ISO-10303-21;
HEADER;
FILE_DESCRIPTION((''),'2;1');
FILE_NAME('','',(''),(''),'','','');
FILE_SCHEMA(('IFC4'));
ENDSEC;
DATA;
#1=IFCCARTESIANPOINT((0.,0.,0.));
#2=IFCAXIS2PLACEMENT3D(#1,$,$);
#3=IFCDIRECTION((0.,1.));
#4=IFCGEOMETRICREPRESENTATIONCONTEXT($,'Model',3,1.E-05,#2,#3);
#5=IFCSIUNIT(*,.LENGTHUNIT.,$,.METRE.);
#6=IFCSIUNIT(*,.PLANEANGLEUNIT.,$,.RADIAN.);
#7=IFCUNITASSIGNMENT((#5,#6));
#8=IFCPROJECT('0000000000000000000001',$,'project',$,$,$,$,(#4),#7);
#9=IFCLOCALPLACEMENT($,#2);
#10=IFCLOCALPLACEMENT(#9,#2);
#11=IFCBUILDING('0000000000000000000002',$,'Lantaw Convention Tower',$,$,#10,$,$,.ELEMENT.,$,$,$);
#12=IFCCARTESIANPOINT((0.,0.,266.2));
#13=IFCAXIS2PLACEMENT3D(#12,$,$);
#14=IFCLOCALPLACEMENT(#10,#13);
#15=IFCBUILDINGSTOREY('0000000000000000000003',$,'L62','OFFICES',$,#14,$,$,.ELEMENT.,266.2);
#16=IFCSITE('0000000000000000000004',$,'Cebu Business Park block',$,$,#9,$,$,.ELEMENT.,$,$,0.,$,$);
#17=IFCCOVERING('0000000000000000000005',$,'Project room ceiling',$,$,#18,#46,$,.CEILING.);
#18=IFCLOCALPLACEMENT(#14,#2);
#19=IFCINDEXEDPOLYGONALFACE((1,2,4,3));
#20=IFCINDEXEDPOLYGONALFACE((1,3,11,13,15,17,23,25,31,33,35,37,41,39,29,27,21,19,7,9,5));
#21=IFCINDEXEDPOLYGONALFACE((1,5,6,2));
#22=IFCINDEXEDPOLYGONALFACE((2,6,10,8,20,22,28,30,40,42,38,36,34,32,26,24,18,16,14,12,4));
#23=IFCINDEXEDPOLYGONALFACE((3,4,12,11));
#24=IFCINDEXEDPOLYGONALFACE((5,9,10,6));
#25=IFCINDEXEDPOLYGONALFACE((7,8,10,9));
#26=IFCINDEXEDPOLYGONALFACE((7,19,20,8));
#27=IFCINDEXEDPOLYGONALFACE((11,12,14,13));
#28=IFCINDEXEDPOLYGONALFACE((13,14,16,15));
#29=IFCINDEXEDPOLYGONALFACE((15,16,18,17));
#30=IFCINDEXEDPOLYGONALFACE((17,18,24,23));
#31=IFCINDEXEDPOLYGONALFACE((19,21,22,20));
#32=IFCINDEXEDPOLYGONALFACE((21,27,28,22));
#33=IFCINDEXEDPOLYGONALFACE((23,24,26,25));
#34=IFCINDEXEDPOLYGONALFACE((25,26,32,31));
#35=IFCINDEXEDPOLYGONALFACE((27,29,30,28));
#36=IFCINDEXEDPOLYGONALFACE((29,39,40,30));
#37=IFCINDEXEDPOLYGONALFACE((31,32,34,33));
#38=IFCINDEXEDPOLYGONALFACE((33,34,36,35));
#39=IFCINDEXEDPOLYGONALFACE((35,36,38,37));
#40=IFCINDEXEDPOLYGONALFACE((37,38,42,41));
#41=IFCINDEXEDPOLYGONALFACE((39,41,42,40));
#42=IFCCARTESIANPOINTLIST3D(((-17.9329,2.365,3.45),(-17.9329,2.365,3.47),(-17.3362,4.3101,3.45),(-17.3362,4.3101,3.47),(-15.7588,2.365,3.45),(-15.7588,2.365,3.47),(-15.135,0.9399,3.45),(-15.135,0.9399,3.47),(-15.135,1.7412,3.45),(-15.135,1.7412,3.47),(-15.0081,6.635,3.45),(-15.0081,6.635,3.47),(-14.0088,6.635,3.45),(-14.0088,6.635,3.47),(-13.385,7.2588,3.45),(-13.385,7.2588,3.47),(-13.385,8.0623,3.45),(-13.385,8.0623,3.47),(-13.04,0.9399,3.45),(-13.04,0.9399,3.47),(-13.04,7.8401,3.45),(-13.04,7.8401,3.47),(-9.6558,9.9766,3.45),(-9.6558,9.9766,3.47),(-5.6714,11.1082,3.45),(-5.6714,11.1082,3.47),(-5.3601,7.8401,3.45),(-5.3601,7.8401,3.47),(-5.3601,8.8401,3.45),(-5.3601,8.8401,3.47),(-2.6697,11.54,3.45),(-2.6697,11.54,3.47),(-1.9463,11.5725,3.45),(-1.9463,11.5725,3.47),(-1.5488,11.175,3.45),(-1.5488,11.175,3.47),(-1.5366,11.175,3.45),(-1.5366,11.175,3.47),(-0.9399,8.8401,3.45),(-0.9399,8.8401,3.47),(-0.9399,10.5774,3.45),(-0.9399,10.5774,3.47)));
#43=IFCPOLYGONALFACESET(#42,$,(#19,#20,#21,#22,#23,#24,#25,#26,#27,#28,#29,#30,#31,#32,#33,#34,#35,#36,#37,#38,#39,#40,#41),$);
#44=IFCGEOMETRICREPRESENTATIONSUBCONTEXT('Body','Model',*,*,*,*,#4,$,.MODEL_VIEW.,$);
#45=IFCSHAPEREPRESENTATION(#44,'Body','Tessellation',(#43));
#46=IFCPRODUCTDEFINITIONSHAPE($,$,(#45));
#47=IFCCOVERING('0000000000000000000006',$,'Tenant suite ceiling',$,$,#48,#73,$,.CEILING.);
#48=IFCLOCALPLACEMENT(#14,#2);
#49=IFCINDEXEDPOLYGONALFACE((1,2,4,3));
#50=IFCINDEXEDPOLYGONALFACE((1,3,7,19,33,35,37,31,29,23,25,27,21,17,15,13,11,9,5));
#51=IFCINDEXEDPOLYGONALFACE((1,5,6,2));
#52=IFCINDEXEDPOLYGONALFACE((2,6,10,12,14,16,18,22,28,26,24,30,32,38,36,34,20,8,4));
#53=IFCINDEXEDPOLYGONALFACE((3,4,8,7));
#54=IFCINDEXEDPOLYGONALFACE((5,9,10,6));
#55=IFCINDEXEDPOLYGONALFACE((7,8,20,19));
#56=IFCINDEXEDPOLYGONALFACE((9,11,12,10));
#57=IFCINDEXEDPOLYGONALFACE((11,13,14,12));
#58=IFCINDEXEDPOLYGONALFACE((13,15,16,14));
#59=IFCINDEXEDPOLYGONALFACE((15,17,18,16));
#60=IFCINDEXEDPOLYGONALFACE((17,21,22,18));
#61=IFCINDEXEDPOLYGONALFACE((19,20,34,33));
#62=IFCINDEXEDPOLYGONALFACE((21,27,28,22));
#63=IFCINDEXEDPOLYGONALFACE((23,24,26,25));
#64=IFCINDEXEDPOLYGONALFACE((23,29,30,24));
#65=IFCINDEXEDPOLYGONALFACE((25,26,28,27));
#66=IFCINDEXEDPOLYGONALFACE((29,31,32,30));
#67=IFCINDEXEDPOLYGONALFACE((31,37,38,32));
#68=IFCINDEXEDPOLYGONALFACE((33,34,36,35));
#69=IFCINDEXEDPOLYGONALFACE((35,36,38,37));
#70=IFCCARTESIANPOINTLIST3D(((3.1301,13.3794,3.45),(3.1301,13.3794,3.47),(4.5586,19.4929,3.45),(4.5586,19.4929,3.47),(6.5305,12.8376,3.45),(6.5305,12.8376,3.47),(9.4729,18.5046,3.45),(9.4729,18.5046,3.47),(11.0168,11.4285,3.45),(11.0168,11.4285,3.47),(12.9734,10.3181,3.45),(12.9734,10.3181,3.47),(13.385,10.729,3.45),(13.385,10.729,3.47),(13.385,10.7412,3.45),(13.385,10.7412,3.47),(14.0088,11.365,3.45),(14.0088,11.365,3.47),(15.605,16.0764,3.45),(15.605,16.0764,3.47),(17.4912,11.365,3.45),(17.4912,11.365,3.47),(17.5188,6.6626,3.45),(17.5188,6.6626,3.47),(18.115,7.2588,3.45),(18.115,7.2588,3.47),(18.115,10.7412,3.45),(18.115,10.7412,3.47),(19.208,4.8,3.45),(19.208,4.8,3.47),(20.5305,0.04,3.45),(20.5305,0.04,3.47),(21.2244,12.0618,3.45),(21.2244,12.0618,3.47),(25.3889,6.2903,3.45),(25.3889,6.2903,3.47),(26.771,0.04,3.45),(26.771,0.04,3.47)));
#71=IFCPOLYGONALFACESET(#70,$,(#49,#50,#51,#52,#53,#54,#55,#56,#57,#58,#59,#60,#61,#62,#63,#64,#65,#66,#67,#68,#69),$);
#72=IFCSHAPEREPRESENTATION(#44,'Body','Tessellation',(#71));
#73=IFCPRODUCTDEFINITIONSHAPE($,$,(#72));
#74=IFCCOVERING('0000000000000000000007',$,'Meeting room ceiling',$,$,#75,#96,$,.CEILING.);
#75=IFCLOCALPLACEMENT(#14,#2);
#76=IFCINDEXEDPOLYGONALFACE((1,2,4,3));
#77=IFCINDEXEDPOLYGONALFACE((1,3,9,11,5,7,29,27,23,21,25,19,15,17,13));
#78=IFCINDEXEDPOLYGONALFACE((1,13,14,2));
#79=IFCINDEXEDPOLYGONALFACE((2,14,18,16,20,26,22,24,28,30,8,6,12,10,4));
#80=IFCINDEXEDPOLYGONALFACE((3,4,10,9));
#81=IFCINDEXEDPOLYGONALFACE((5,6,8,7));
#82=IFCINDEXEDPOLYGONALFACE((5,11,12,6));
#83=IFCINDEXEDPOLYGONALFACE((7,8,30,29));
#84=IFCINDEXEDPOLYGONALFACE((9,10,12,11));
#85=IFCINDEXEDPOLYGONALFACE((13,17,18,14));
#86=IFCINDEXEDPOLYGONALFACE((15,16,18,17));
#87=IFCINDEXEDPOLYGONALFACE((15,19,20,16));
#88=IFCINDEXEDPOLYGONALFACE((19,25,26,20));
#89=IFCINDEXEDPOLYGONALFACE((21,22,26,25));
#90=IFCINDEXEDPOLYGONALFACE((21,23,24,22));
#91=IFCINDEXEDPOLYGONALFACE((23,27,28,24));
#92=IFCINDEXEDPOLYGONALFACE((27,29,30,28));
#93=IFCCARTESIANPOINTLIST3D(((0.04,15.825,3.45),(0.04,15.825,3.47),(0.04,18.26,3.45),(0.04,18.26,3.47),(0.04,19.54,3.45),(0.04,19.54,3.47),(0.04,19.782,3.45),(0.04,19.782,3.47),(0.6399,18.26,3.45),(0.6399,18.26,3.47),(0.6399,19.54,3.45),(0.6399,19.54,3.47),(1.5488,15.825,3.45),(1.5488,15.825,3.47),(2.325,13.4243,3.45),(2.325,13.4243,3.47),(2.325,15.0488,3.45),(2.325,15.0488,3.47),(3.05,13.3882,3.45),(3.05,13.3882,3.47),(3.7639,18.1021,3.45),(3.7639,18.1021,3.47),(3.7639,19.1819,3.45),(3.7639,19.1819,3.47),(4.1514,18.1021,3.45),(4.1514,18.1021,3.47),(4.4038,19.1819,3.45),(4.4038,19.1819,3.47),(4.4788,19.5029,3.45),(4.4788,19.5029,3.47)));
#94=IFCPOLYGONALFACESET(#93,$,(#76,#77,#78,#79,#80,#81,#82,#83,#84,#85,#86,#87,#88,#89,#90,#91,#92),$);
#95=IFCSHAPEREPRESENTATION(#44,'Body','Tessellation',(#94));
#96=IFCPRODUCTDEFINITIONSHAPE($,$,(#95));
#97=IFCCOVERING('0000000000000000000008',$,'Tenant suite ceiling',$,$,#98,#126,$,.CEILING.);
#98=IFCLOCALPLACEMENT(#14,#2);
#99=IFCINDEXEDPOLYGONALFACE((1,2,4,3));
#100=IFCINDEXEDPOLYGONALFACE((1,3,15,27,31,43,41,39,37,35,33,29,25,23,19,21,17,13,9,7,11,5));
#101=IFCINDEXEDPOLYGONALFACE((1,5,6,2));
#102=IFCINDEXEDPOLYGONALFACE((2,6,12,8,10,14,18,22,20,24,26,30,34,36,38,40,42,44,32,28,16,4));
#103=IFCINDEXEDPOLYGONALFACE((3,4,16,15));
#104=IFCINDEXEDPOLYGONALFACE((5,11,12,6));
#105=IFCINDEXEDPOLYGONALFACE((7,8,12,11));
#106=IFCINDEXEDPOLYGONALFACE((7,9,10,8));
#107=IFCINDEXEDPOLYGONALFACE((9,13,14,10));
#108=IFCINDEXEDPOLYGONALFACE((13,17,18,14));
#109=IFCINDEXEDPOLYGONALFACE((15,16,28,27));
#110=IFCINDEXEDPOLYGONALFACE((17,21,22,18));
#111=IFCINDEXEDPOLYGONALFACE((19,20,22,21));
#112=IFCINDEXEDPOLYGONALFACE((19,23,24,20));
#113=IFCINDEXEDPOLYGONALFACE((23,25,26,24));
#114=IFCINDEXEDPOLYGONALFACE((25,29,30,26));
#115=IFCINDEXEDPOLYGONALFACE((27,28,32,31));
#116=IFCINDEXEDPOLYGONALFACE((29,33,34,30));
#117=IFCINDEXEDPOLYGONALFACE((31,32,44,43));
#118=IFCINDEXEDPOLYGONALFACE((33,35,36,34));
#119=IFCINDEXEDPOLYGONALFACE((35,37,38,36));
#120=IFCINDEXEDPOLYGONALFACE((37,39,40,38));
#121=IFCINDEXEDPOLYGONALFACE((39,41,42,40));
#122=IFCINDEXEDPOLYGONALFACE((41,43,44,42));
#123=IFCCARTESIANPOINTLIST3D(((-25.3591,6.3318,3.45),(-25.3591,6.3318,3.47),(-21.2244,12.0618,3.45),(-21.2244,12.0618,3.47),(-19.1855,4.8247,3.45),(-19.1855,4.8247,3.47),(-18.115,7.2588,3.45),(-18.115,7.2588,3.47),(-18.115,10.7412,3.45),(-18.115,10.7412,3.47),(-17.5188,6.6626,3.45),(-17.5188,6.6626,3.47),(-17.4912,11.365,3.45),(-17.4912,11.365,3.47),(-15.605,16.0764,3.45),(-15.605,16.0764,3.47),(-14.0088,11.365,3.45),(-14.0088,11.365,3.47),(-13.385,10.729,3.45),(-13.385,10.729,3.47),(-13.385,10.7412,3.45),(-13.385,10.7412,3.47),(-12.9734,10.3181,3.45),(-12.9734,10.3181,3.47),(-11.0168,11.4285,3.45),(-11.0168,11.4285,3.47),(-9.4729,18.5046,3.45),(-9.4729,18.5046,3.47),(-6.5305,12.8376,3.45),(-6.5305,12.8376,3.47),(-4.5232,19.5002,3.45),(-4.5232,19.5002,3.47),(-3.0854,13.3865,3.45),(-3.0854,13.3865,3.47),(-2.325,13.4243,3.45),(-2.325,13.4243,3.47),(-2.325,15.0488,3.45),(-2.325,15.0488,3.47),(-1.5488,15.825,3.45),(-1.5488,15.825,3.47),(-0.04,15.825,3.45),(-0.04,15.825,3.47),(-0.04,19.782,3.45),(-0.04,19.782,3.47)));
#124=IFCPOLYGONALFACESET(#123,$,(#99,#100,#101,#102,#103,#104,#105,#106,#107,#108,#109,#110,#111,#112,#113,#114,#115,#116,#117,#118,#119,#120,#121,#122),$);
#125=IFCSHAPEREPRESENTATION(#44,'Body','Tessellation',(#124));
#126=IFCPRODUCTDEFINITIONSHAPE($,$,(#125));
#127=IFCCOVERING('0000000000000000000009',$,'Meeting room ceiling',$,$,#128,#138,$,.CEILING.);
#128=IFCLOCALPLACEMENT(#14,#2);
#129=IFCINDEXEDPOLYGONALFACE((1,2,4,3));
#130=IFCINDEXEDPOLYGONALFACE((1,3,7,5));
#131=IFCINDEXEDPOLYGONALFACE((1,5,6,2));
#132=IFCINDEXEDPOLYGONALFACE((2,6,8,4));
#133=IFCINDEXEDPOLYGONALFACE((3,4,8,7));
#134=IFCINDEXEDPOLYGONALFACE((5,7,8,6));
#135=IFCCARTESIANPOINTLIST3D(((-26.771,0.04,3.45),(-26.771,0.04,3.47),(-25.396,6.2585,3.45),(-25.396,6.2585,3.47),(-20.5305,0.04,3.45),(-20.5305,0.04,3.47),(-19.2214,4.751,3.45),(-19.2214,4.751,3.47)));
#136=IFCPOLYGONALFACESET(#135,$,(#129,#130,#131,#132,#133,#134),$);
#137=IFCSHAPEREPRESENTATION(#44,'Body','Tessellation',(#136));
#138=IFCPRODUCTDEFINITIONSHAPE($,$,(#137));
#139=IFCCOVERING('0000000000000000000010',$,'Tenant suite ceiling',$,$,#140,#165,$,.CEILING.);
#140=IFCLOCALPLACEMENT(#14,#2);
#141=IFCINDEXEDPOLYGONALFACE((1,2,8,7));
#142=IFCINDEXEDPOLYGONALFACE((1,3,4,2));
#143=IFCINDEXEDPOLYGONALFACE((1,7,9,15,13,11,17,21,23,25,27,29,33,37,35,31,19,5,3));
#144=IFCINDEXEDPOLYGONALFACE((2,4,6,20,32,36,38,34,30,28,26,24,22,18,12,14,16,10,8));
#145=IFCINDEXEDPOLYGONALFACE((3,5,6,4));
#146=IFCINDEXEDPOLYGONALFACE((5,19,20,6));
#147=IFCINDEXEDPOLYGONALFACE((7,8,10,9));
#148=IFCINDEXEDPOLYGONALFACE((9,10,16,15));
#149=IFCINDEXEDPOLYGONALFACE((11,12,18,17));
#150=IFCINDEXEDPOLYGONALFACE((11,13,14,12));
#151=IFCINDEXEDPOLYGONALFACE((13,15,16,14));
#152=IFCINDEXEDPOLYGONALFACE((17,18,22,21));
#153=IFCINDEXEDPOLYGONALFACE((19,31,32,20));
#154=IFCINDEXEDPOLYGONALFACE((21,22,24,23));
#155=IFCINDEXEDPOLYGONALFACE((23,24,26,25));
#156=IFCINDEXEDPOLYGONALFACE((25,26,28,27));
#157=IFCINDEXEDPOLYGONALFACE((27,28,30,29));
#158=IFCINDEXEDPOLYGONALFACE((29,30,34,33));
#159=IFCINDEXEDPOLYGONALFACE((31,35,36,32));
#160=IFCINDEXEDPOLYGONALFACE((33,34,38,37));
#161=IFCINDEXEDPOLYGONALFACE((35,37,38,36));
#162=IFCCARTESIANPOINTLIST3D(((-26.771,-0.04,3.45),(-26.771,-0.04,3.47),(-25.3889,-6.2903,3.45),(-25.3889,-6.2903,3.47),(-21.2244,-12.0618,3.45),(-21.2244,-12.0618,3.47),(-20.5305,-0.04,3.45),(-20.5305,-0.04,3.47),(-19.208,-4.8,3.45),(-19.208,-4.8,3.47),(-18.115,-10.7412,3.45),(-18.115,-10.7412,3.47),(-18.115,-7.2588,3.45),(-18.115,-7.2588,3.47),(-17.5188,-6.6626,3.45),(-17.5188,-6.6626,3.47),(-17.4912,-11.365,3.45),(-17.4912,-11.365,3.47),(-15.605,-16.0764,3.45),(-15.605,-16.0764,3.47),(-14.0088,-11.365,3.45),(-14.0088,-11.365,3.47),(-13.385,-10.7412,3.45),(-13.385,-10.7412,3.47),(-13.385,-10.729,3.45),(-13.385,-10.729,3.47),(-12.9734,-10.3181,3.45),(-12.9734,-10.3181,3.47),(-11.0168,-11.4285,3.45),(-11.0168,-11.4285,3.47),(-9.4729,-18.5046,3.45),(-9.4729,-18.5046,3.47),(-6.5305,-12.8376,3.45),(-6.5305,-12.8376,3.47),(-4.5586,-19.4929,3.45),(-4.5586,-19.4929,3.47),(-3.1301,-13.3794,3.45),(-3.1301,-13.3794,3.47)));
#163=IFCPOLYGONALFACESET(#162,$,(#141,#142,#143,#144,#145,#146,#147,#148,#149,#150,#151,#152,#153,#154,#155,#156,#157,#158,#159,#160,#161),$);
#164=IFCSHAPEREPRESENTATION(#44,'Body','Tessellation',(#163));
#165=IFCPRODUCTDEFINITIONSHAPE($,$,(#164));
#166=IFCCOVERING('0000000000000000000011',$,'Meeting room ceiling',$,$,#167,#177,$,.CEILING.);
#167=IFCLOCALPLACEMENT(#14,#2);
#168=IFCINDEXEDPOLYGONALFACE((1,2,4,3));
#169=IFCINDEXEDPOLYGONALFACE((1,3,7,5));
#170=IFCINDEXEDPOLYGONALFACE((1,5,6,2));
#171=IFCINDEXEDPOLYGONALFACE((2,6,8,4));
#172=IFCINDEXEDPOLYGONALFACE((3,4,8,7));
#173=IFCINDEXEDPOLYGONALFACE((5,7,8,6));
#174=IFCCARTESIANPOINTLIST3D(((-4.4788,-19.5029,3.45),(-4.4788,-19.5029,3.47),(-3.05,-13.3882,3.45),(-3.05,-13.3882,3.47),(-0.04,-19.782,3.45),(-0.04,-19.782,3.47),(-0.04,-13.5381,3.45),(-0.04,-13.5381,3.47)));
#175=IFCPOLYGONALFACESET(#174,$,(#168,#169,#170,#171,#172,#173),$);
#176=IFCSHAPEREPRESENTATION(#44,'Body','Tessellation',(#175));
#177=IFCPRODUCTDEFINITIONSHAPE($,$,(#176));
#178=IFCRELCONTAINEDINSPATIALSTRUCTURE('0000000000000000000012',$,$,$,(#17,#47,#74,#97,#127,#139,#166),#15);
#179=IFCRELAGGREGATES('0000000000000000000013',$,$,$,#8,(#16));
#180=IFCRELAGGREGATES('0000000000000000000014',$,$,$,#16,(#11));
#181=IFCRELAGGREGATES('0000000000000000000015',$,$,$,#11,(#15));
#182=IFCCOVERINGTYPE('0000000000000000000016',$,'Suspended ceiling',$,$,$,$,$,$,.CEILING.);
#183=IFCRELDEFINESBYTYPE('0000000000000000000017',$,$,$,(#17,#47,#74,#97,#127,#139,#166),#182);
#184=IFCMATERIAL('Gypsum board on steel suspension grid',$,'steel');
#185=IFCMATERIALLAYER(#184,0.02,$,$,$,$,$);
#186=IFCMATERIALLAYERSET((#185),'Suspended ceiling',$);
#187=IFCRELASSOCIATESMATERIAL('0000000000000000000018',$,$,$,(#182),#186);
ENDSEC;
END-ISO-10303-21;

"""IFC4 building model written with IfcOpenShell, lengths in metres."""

from ifc_helpers import new_model, si_unit, direction, frame, origin, place, context, subcontext, project, spatial, polyline, outline, extrude, material, layer, layer_set, type_object, element, save


model = new_model("IFC4")

# Units and contexts
model_context = context("Model", 3, precision=1e-05, world=origin(), true_north=direction((0.0, 1.0)))
body_context = subcontext(model_context, "Body", "Model", "MODEL_VIEW")
ifc_project = project(units=[si_unit("LENGTHUNIT", "METRE"), si_unit("PLANEANGLEUNIT", "RADIAN")], contexts=[model_context])

# Site, building, storey
site_placement = place(None, origin())
site = spatial("IfcSite", under=ifc_project, at=site_placement, Name="Cebu Business Park block", CompositionType="ELEMENT", RefElevation=0.0)
building_placement = place(site_placement, origin())
building = spatial("IfcBuilding", under=site, at=building_placement, Name="Lantaw Convention Tower", CompositionType="ELEMENT")
storey_placement = place(building_placement, frame((0.0, 0.0, 266.2)))
storey = spatial("IfcBuildingStorey", under=building, at=storey_placement, Name="L62", Description="OFFICES", CompositionType="ELEMENT", Elevation=266.2)

# Coverings
ifc_material_1 = material(Name="Gypsum board on steel suspension grid", Category="steel")
ifc_layer_1 = layer(ifc_material_1, 0.02)
ifc_layer_set_1 = layer_set([ifc_layer_1], Name="Suspended ceiling")
covering_type = type_object("IfcCoveringType", Name="Suspended ceiling", PredefinedType="CEILING", material=ifc_layer_set_1)
covering_1_placement = place(storey_placement, frame((0.0, 0.0, 3.45)))
element("IfcCovering", 1, at=covering_1_placement, inside=storey, type_object=covering_type, Name="Project room ceiling", PredefinedType="CEILING", context=body_context, shape_type="SweptSolid", body=[
    extrude(outline(polyline([(-15.7588, 2.365), (-15.135, 1.7412), (-15.135, 0.9399), (-13.04, 0.9399), (-13.04, 7.8401), (-5.3601, 7.8401), (-5.3601, 8.8401), (-0.9399, 8.8401), (-0.9399, 10.5774), (-1.5366, 11.175), (-1.5488, 11.175), (-1.9463, 11.5725), (-2.6697, 11.54), (-5.6714, 11.1082), (-9.6558, 9.9766), (-13.385, 8.0623), (-13.385, 7.2588), (-14.0088, 6.635), (-15.0081, 6.635), (-17.3362, 4.3101), (-17.9329, 2.365), (-15.7588, 2.365)])), origin(), (0.0, 0.0, 1.0), 0.02),
])
covering_2_placement = place(storey_placement, frame((0.0, 0.0, 3.45)))
element("IfcCovering", 2, at=covering_2_placement, inside=storey, type_object=covering_type, Name="Tenant suite ceiling", PredefinedType="CEILING", context=body_context, shape_type="SweptSolid", body=[
    extrude(outline(polyline([(13.385, 10.729), (13.385, 10.7412), (14.0088, 11.365), (17.4912, 11.365), (18.115, 10.7412), (18.115, 7.2588), (17.5188, 6.6626), (19.208, 4.8), (20.5305, 0.04), (26.771, 0.04), (25.3889, 6.2903), (21.2244, 12.0618), (15.605, 16.0764), (9.4729, 18.5046), (4.5586, 19.4929), (3.1301, 13.3794), (6.5305, 12.8376), (11.0168, 11.4285), (12.9734, 10.3181), (13.385, 10.729)])), origin(), (0.0, 0.0, 1.0), 0.02),
])
covering_3_placement = place(storey_placement, frame((0.0, 0.0, 3.45)))
element("IfcCovering", 3, at=covering_3_placement, inside=storey, type_object=covering_type, Name="Meeting room ceiling", PredefinedType="CEILING", context=body_context, shape_type="SweptSolid", body=[
    extrude(outline(polyline([(2.325, 15.0488), (2.325, 13.4243), (3.05, 13.3882), (4.1514, 18.1021), (3.7639, 18.1021), (3.7639, 19.1819), (4.4038, 19.1819), (4.4788, 19.5029), (0.04, 19.782), (0.04, 19.54), (0.6399, 19.54), (0.6399, 18.26), (0.04, 18.26), (0.04, 15.825), (1.5488, 15.825), (2.325, 15.0488)])), origin(), (0.0, 0.0, 1.0), 0.02),
])
covering_4_placement = place(storey_placement, frame((0.0, 0.0, 3.45)))
element("IfcCovering", 4, at=covering_4_placement, inside=storey, type_object=covering_type, Name="Tenant suite ceiling", PredefinedType="CEILING", context=body_context, shape_type="SweptSolid", body=[
    extrude(outline(polyline([(-17.5188, 6.6626), (-18.115, 7.2588), (-18.115, 10.7412), (-17.4912, 11.365), (-14.0088, 11.365), (-13.385, 10.7412), (-13.385, 10.729), (-12.9734, 10.3181), (-11.0168, 11.4285), (-6.5305, 12.8376), (-3.0854, 13.3865), (-2.325, 13.4243), (-2.325, 15.0488), (-1.5488, 15.825), (-0.04, 15.825), (-0.04, 19.782), (-4.5232, 19.5002), (-9.4729, 18.5046), (-15.605, 16.0764), (-21.2244, 12.0618), (-25.3591, 6.3318), (-19.1855, 4.8247), (-17.5188, 6.6626)])), origin(), (0.0, 0.0, 1.0), 0.02),
])
covering_5_placement = place(storey_placement, frame((0.0, 0.0, 3.45)))
element("IfcCovering", 5, at=covering_5_placement, inside=storey, type_object=covering_type, Name="Meeting room ceiling", PredefinedType="CEILING", context=body_context, shape_type="SweptSolid", body=[
    extrude(outline(polyline([(-19.2214, 4.751), (-25.396, 6.2585), (-26.771, 0.04), (-20.5305, 0.04), (-19.2214, 4.751)])), origin(), (0.0, 0.0, 1.0), 0.02),
])
covering_6_placement = place(storey_placement, frame((0.0, 0.0, 3.45)))
element("IfcCovering", 6, at=covering_6_placement, inside=storey, type_object=covering_type, Name="Tenant suite ceiling", PredefinedType="CEILING", context=body_context, shape_type="SweptSolid", body=[
    extrude(outline(polyline([(-17.5188, -6.6626), (-19.208, -4.8), (-20.5305, -0.04), (-26.771, -0.04), (-25.3889, -6.2903), (-21.2244, -12.0618), (-15.605, -16.0764), (-9.4729, -18.5046), (-4.5586, -19.4929), (-3.1301, -13.3794), (-6.5305, -12.8376), (-11.0168, -11.4285), (-12.9734, -10.3181), (-13.385, -10.729), (-13.385, -10.7412), (-14.0088, -11.365), (-17.4912, -11.365), (-18.115, -10.7412), (-18.115, -7.2588), (-17.5188, -6.6626)])), origin(), (0.0, 0.0, 1.0), 0.02),
])
covering_7_placement = place(storey_placement, frame((0.0, 0.0, 3.45)))
element("IfcCovering", 7, at=covering_7_placement, inside=storey, type_object=covering_type, Name="Meeting room ceiling", PredefinedType="CEILING", context=body_context, shape_type="SweptSolid", body=[
    extrude(outline(polyline([(-3.05, -13.3882), (-4.4788, -19.5029), (-0.04, -19.782), (-0.04, -13.5381), (-3.05, -13.3882)])), origin(), (0.0, 0.0, 1.0), 0.02),
])

save(model, "model.ifc")
